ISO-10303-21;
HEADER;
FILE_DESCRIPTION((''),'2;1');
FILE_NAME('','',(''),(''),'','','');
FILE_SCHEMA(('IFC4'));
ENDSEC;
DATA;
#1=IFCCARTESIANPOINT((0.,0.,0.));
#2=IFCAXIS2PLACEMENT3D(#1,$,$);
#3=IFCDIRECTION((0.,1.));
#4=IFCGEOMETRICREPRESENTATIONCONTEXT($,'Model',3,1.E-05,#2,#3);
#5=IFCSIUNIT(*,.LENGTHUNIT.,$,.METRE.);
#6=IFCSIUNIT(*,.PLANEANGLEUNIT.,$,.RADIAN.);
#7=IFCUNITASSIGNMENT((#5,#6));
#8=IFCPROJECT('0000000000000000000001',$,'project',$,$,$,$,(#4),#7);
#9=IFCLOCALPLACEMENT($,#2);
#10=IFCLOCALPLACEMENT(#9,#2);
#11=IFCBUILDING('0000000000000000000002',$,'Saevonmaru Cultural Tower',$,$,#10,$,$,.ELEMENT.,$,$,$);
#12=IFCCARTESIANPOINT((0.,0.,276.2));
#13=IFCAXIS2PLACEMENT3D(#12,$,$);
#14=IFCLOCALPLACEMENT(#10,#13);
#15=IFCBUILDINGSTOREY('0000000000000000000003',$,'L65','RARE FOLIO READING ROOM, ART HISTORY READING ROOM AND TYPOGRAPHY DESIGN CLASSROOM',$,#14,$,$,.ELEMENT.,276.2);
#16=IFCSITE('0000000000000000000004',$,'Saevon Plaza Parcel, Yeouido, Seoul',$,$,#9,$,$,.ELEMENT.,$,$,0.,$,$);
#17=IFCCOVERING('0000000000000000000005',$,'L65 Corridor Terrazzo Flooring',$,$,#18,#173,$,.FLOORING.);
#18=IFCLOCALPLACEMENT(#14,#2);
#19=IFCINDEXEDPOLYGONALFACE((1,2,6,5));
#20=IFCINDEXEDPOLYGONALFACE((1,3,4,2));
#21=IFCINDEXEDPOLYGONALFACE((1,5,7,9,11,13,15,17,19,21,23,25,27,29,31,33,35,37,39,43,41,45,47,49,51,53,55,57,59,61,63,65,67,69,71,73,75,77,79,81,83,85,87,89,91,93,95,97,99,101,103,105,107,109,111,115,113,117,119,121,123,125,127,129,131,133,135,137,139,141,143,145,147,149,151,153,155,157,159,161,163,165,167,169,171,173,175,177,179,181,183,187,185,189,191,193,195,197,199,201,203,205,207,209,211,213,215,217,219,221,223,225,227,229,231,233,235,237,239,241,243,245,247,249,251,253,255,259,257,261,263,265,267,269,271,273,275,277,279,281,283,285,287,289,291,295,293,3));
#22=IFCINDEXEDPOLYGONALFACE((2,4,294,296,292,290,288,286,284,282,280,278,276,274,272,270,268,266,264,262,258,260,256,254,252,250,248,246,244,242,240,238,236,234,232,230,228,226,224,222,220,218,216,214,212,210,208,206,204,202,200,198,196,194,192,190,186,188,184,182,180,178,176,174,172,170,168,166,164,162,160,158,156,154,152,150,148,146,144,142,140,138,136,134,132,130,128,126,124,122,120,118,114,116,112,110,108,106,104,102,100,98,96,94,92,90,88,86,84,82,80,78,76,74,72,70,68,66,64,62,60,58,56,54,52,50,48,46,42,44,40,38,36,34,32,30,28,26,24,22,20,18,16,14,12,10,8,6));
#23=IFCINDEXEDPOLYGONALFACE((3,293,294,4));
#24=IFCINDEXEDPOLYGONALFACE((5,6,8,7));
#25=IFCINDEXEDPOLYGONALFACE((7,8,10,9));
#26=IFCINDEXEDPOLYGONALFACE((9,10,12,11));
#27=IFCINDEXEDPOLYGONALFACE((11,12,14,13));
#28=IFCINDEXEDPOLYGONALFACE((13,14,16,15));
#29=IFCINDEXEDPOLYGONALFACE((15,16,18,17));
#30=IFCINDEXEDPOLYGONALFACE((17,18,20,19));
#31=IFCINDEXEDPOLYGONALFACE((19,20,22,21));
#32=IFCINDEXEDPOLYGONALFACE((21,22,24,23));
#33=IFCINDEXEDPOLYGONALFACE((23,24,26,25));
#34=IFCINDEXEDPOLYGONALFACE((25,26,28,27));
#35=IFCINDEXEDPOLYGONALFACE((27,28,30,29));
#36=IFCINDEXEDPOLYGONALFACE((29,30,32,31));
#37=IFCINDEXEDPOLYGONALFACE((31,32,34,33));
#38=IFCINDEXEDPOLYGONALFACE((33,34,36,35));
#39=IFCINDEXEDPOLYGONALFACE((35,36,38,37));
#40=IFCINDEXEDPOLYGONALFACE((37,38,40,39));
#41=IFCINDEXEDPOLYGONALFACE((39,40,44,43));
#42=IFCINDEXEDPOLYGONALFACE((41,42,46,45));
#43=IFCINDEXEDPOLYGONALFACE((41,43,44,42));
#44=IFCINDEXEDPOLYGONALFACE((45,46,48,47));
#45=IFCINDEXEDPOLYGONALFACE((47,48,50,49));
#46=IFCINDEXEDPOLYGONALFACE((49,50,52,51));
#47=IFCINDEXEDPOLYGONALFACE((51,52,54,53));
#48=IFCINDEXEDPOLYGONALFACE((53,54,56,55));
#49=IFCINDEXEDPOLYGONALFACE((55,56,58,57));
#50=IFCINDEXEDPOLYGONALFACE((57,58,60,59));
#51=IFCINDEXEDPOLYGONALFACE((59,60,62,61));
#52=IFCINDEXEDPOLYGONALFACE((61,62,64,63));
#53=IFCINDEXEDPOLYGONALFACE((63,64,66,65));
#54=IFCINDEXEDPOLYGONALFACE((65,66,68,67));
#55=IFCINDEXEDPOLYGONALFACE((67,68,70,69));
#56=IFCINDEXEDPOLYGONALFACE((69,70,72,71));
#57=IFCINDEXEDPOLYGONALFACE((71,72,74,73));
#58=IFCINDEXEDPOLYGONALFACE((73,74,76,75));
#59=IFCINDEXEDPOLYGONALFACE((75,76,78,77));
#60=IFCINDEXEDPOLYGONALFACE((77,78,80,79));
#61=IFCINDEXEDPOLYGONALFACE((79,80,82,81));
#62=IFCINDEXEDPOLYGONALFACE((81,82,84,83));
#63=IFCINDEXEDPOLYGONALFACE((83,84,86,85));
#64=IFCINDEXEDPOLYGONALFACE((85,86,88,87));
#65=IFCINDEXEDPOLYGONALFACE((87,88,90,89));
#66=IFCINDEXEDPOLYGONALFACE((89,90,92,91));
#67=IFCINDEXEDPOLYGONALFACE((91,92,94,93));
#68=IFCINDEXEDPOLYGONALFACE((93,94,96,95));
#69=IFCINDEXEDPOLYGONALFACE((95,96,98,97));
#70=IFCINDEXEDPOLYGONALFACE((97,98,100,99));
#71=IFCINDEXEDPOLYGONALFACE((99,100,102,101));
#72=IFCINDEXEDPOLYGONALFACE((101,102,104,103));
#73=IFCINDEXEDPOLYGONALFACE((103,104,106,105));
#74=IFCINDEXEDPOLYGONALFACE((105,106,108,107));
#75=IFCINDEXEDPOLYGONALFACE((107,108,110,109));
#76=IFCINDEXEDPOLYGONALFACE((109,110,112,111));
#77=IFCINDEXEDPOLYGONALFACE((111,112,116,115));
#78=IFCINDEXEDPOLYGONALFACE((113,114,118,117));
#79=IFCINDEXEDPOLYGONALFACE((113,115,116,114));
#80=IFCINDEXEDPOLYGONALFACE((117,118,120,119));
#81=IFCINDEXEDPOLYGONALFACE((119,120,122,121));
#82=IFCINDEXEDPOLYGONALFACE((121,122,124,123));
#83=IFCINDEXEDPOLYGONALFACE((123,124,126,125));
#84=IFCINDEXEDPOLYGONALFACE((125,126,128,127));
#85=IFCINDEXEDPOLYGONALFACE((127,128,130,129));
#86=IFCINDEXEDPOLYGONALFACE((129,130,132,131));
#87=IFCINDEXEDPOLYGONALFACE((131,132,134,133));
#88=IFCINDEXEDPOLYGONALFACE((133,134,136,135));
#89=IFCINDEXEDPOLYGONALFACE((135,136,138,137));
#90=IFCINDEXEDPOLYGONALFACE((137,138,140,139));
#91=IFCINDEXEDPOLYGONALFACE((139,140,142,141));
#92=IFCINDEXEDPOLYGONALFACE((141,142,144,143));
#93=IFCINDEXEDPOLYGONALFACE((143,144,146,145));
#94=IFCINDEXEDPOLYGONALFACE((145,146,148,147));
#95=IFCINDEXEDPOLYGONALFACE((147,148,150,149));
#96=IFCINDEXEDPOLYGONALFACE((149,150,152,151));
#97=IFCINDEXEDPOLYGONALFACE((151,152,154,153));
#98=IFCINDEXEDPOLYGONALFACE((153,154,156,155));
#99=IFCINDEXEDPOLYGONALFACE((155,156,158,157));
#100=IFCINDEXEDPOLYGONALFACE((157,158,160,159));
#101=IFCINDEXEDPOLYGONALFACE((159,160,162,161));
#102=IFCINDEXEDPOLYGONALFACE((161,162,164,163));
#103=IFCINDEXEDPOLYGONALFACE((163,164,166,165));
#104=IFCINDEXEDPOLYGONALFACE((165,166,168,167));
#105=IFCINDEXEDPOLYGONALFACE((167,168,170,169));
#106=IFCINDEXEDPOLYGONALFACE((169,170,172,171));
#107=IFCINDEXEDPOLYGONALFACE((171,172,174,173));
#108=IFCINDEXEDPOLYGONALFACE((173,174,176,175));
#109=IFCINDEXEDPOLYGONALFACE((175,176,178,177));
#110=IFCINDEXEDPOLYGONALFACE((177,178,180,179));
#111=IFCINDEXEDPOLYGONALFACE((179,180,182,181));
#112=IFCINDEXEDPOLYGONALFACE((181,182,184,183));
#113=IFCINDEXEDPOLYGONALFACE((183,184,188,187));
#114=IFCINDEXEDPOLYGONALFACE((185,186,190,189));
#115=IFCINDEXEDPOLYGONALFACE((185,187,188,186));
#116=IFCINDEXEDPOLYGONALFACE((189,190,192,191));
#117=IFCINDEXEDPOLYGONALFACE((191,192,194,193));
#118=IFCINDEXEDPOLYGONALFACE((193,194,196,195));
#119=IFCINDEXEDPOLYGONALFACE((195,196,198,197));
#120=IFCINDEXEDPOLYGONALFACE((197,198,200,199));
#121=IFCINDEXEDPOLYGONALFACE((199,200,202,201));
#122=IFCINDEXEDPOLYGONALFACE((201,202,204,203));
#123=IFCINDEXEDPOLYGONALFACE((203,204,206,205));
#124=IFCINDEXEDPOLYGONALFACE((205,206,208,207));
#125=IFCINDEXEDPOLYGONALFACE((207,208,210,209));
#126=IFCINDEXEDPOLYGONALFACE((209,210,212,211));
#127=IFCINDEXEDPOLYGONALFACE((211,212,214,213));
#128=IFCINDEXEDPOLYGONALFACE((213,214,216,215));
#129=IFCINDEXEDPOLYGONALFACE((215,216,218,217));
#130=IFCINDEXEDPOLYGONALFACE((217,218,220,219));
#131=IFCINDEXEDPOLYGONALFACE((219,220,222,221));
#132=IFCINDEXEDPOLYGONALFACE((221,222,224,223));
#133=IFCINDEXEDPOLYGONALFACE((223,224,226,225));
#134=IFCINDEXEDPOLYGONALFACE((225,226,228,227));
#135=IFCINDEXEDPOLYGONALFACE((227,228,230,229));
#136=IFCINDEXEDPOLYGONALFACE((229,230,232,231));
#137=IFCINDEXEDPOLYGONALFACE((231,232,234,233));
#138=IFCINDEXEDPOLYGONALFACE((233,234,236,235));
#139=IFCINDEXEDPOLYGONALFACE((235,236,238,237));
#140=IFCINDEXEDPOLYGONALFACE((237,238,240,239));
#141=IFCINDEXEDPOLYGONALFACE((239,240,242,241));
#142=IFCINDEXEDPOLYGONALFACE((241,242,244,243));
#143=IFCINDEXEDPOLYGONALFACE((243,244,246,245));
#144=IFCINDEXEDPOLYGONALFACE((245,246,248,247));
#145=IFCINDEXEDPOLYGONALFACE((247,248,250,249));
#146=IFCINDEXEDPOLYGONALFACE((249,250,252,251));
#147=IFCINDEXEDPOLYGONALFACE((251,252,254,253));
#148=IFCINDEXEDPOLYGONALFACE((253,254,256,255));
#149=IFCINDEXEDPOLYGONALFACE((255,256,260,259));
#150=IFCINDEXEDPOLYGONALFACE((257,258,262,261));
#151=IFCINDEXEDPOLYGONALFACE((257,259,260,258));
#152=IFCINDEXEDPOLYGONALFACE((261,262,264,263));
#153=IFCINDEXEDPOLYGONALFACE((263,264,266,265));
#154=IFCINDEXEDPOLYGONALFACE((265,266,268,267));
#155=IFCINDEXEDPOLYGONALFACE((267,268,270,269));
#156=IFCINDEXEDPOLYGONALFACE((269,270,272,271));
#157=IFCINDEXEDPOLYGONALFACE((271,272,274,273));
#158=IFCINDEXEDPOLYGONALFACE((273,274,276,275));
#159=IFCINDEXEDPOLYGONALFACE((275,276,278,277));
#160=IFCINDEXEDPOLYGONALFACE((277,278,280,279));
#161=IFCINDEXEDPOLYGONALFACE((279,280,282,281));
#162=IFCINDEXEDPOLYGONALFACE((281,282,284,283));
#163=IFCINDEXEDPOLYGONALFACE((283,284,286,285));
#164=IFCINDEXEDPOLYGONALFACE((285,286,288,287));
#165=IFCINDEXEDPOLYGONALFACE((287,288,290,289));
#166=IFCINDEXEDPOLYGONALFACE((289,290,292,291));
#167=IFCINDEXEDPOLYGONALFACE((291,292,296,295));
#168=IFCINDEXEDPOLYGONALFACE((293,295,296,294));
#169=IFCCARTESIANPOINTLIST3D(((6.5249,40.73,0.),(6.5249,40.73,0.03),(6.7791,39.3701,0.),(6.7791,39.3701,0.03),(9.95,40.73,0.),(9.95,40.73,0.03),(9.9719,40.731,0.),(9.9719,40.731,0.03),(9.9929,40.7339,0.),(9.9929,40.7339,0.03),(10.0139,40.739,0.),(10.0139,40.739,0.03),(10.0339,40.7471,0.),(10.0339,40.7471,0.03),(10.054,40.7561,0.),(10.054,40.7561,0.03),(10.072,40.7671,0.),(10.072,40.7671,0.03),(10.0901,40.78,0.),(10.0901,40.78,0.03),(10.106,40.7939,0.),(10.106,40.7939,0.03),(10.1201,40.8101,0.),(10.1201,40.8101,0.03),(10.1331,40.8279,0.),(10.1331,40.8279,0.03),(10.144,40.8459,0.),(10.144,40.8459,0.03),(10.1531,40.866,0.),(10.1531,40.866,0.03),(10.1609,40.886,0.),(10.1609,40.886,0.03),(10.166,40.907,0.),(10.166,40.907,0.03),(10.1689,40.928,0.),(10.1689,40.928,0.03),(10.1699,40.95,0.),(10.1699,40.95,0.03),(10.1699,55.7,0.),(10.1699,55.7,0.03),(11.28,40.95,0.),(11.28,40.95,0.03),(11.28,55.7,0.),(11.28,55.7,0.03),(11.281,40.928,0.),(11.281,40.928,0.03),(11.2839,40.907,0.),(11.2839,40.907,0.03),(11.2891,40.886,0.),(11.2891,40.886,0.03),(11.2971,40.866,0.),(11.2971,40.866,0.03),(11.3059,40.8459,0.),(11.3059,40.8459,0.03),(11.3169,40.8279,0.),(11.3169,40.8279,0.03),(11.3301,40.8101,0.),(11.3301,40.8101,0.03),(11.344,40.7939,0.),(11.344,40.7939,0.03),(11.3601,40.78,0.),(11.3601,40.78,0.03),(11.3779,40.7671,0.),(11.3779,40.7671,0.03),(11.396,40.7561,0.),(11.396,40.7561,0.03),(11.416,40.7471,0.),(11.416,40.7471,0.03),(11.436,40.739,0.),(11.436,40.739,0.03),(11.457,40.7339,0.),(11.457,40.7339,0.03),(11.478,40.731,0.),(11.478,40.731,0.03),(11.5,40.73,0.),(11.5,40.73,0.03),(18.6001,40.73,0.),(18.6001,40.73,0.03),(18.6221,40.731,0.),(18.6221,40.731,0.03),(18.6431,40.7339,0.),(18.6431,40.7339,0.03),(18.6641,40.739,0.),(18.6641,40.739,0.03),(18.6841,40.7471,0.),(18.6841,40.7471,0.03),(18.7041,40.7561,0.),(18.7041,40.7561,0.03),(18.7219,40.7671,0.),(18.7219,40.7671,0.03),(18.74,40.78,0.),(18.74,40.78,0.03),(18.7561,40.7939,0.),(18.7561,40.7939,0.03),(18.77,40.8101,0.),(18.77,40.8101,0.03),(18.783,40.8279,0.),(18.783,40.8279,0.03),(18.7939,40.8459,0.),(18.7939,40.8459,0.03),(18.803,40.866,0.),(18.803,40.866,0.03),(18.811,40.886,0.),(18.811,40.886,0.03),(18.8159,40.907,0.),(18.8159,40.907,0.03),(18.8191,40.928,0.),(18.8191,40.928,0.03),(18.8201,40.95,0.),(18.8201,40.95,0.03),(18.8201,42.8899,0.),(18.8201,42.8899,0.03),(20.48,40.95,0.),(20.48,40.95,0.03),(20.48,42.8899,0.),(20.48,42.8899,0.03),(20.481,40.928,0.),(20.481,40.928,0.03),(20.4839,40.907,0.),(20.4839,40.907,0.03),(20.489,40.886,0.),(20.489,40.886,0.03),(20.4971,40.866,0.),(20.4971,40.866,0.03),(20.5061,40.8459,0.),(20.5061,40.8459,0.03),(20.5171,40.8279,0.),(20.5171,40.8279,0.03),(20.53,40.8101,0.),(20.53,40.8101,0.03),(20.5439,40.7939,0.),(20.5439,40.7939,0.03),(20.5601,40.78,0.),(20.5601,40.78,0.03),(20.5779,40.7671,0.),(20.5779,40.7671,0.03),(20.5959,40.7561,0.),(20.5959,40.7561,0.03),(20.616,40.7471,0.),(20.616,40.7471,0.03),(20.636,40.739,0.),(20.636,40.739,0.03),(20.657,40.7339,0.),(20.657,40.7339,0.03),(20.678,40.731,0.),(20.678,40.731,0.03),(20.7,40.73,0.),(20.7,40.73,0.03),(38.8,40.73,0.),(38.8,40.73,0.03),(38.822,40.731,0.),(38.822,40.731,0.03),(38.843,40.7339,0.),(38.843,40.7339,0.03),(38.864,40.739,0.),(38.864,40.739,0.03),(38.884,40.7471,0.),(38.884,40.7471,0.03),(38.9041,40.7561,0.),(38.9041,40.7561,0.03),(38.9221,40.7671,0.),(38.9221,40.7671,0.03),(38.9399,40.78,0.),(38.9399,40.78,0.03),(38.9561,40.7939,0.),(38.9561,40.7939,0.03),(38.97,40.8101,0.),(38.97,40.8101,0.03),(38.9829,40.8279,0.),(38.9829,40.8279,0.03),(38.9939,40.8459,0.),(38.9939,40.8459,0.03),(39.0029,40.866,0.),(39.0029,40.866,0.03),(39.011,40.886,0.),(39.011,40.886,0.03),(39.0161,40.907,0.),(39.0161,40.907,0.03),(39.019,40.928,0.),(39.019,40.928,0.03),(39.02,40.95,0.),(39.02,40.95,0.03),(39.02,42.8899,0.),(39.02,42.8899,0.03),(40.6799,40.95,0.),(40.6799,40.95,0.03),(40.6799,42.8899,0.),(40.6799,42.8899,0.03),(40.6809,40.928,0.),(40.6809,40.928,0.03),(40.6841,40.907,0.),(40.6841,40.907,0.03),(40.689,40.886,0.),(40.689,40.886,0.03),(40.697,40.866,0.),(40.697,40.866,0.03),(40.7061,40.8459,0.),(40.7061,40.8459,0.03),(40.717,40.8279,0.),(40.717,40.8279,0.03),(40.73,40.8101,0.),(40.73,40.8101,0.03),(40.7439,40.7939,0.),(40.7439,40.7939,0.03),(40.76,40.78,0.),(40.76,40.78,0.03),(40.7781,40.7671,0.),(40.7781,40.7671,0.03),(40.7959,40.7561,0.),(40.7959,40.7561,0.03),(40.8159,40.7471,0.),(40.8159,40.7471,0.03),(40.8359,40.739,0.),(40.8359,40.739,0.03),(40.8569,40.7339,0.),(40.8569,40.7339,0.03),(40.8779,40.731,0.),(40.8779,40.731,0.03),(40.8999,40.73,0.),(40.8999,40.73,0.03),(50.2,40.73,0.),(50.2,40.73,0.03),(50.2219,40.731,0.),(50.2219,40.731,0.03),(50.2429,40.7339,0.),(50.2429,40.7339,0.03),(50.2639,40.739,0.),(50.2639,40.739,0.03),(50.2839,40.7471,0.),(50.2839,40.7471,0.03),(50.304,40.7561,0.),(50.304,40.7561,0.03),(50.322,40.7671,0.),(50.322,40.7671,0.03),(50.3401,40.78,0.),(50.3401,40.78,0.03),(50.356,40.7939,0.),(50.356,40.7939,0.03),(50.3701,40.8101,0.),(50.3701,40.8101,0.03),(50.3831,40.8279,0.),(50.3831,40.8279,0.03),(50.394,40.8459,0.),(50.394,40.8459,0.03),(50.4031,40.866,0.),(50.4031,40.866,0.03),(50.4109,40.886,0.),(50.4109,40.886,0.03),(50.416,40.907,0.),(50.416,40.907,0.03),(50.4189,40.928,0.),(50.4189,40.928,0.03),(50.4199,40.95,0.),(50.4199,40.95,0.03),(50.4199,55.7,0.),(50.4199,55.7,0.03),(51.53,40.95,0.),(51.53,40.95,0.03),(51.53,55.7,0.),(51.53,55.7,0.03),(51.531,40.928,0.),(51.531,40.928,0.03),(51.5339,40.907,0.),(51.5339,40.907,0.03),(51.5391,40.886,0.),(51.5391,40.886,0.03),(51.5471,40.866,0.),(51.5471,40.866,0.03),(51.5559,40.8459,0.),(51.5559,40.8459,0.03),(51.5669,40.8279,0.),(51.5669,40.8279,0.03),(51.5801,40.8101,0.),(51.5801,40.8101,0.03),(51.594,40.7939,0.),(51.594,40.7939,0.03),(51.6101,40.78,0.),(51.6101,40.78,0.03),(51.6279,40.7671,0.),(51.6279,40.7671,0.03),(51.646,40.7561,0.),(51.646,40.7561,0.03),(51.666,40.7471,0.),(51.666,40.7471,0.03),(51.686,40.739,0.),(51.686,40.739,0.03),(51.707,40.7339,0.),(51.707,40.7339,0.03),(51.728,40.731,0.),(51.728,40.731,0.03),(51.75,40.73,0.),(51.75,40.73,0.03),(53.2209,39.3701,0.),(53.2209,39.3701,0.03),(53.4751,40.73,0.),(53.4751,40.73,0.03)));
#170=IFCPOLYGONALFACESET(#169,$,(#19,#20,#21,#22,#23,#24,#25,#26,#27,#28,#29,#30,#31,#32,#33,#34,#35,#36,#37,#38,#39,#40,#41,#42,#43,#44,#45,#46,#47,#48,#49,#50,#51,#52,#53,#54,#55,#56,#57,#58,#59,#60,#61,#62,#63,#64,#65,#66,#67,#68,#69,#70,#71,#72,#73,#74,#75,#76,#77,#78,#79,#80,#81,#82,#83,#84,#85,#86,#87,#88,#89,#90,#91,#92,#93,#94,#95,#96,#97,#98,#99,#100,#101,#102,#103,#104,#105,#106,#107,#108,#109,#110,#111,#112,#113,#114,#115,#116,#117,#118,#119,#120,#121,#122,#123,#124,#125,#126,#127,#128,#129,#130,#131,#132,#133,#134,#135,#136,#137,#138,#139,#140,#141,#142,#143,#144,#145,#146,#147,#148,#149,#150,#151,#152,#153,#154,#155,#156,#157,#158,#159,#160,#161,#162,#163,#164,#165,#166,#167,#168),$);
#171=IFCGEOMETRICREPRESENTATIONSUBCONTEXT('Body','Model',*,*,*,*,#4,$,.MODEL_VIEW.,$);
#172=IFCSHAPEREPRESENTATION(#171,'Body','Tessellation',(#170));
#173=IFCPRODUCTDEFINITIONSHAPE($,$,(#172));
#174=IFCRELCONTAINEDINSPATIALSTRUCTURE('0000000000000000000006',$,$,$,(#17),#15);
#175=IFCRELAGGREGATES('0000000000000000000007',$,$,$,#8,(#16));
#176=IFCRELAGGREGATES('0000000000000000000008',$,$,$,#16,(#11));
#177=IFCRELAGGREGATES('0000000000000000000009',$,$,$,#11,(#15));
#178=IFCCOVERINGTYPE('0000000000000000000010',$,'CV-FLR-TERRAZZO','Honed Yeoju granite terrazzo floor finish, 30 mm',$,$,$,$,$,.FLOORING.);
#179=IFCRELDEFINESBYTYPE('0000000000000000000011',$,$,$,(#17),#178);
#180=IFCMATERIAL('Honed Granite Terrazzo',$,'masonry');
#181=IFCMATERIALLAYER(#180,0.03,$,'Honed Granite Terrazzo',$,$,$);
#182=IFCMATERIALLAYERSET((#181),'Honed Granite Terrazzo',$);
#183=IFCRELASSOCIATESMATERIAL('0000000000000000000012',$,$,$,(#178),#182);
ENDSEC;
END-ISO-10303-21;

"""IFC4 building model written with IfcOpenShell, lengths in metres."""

from ifc_helpers import new_model, si_unit, direction, frame, origin, place, context, subcontext, project, spatial, polyline, outline, extrude, material, layer, layer_set, type_object, element, save


model = new_model("IFC4")

# Units and contexts
model_context = context("Model", 3, precision=1e-05, world=origin(), true_north=direction((0.0, 1.0)))
body_context = subcontext(model_context, "Body", "Model", "MODEL_VIEW")
ifc_project = project(units=[si_unit("LENGTHUNIT", "METRE"), si_unit("PLANEANGLEUNIT", "RADIAN")], contexts=[model_context])

# Site, building, storey
site_placement = place(None, origin())
site = spatial("IfcSite", under=ifc_project, at=site_placement, Name="Saevon Plaza Parcel, Yeouido, Seoul", CompositionType="ELEMENT", RefElevation=0.0)
building_placement = place(site_placement, origin())
building = spatial("IfcBuilding", under=site, at=building_placement, Name="Saevonmaru Cultural Tower", CompositionType="ELEMENT")
storey_placement = place(building_placement, frame((0.0, 0.0, 276.2)))
storey = spatial("IfcBuildingStorey", under=building, at=storey_placement, Name="L65", Description="RARE FOLIO READING ROOM, ART HISTORY READING ROOM AND TYPOGRAPHY DESIGN CLASSROOM", CompositionType="ELEMENT", Elevation=276.2)

# Covering
ifc_material_1 = material(Name="Honed Granite Terrazzo", Category="masonry")
ifc_layer_1 = layer(ifc_material_1, 0.03, Name="Honed Granite Terrazzo")
ifc_layer_set_1 = layer_set([ifc_layer_1], Name="Honed Granite Terrazzo")
covering_type_1 = type_object("IfcCoveringType", Name="CV-FLR-TERRAZZO", Description="Honed Yeoju granite terrazzo floor finish, 30 mm", PredefinedType="FLOORING", material=ifc_layer_set_1)
covering_1_placement = place(storey_placement, origin())
element("IfcCovering", 1, at=covering_1_placement, inside=storey, type_object=covering_type_1, Name="L65 Corridor Terrazzo Flooring", PredefinedType="FLOORING", context=body_context, shape_type="SweptSolid", body=[
    extrude(outline(polyline([(6.7791, 39.3701), (6.5249, 40.73), (9.95, 40.73), (9.9719, 40.731), (9.9929, 40.7339), (10.0139, 40.739), (10.0339, 40.7471), (10.054, 40.7561), (10.072, 40.7671), (10.0901, 40.78), (10.106, 40.7939), (10.1201, 40.8101), (10.1331, 40.8279), (10.144, 40.8459), (10.1531, 40.866), (10.1609, 40.886), (10.166, 40.907), (10.1689, 40.928), (10.1699, 40.95), (10.1699, 55.7), (11.28, 55.7), (11.28, 40.95), (11.281, 40.928), (11.2839, 40.907), (11.2891, 40.886), (11.2971, 40.866), (11.3059, 40.8459), (11.3169, 40.8279), (11.3301, 40.8101), (11.344, 40.7939), (11.3601, 40.78), (11.3779, 40.7671), (11.396, 40.7561), (11.416, 40.7471), (11.436, 40.739), (11.457, 40.7339), (11.478, 40.731), (11.5, 40.73), (18.6001, 40.73), (18.6221, 40.731), (18.6431, 40.7339), (18.6641, 40.739), (18.6841, 40.7471), (18.7041, 40.7561), (18.7219, 40.7671), (18.74, 40.78), (18.7561, 40.7939), (18.77, 40.8101), (18.783, 40.8279), (18.7939, 40.8459), (18.803, 40.866), (18.811, 40.886), (18.8159, 40.907), (18.8191, 40.928), (18.8201, 40.95), (18.8201, 42.8899), (20.48, 42.8899), (20.48, 40.95), (20.481, 40.928), (20.4839, 40.907), (20.489, 40.886), (20.4971, 40.866), (20.5061, 40.8459), (20.5171, 40.8279), (20.53, 40.8101), (20.5439, 40.7939), (20.5601, 40.78), (20.5779, 40.7671), (20.5959, 40.7561), (20.616, 40.7471), (20.636, 40.739), (20.657, 40.7339), (20.678, 40.731), (20.7, 40.73), (38.8, 40.73), (38.822, 40.731), (38.843, 40.7339), (38.864, 40.739), (38.884, 40.7471), (38.9041, 40.7561), (38.9221, 40.7671), (38.9399, 40.78), (38.9561, 40.7939), (38.97, 40.8101), (38.9829, 40.8279), (38.9939, 40.8459), (39.0029, 40.866), (39.011, 40.886), (39.0161, 40.907), (39.019, 40.928), (39.02, 40.95), (39.02, 42.8899), (40.6799, 42.8899), (40.6799, 40.95), (40.6809, 40.928), (40.6841, 40.907), (40.689, 40.886), (40.697, 40.866), (40.7061, 40.8459), (40.717, 40.8279), (40.73, 40.8101), (40.7439, 40.7939), (40.76, 40.78), (40.7781, 40.7671), (40.7959, 40.7561), (40.8159, 40.7471), (40.8359, 40.739), (40.8569, 40.7339), (40.8779, 40.731), (40.8999, 40.73), (50.2, 40.73), (50.2219, 40.731), (50.2429, 40.7339), (50.2639, 40.739), (50.2839, 40.7471), (50.304, 40.7561), (50.322, 40.7671), (50.3401, 40.78), (50.356, 40.7939), (50.3701, 40.8101), (50.3831, 40.8279), (50.394, 40.8459), (50.4031, 40.866), (50.4109, 40.886), (50.416, 40.907), (50.4189, 40.928), (50.4199, 40.95), (50.4199, 55.7), (51.53, 55.7), (51.53, 40.95), (51.531, 40.928), (51.5339, 40.907), (51.5391, 40.886), (51.5471, 40.866), (51.5559, 40.8459), (51.5669, 40.8279), (51.5801, 40.8101), (51.594, 40.7939), (51.6101, 40.78), (51.6279, 40.7671), (51.646, 40.7561), (51.666, 40.7471), (51.686, 40.739), (51.707, 40.7339), (51.728, 40.731), (51.75, 40.73), (53.4751, 40.73), (53.2209, 39.3701), (6.7791, 39.3701)])), origin(), (0.0, 0.0, 1.0), 0.03),
])

save(model, "model.ifc")
